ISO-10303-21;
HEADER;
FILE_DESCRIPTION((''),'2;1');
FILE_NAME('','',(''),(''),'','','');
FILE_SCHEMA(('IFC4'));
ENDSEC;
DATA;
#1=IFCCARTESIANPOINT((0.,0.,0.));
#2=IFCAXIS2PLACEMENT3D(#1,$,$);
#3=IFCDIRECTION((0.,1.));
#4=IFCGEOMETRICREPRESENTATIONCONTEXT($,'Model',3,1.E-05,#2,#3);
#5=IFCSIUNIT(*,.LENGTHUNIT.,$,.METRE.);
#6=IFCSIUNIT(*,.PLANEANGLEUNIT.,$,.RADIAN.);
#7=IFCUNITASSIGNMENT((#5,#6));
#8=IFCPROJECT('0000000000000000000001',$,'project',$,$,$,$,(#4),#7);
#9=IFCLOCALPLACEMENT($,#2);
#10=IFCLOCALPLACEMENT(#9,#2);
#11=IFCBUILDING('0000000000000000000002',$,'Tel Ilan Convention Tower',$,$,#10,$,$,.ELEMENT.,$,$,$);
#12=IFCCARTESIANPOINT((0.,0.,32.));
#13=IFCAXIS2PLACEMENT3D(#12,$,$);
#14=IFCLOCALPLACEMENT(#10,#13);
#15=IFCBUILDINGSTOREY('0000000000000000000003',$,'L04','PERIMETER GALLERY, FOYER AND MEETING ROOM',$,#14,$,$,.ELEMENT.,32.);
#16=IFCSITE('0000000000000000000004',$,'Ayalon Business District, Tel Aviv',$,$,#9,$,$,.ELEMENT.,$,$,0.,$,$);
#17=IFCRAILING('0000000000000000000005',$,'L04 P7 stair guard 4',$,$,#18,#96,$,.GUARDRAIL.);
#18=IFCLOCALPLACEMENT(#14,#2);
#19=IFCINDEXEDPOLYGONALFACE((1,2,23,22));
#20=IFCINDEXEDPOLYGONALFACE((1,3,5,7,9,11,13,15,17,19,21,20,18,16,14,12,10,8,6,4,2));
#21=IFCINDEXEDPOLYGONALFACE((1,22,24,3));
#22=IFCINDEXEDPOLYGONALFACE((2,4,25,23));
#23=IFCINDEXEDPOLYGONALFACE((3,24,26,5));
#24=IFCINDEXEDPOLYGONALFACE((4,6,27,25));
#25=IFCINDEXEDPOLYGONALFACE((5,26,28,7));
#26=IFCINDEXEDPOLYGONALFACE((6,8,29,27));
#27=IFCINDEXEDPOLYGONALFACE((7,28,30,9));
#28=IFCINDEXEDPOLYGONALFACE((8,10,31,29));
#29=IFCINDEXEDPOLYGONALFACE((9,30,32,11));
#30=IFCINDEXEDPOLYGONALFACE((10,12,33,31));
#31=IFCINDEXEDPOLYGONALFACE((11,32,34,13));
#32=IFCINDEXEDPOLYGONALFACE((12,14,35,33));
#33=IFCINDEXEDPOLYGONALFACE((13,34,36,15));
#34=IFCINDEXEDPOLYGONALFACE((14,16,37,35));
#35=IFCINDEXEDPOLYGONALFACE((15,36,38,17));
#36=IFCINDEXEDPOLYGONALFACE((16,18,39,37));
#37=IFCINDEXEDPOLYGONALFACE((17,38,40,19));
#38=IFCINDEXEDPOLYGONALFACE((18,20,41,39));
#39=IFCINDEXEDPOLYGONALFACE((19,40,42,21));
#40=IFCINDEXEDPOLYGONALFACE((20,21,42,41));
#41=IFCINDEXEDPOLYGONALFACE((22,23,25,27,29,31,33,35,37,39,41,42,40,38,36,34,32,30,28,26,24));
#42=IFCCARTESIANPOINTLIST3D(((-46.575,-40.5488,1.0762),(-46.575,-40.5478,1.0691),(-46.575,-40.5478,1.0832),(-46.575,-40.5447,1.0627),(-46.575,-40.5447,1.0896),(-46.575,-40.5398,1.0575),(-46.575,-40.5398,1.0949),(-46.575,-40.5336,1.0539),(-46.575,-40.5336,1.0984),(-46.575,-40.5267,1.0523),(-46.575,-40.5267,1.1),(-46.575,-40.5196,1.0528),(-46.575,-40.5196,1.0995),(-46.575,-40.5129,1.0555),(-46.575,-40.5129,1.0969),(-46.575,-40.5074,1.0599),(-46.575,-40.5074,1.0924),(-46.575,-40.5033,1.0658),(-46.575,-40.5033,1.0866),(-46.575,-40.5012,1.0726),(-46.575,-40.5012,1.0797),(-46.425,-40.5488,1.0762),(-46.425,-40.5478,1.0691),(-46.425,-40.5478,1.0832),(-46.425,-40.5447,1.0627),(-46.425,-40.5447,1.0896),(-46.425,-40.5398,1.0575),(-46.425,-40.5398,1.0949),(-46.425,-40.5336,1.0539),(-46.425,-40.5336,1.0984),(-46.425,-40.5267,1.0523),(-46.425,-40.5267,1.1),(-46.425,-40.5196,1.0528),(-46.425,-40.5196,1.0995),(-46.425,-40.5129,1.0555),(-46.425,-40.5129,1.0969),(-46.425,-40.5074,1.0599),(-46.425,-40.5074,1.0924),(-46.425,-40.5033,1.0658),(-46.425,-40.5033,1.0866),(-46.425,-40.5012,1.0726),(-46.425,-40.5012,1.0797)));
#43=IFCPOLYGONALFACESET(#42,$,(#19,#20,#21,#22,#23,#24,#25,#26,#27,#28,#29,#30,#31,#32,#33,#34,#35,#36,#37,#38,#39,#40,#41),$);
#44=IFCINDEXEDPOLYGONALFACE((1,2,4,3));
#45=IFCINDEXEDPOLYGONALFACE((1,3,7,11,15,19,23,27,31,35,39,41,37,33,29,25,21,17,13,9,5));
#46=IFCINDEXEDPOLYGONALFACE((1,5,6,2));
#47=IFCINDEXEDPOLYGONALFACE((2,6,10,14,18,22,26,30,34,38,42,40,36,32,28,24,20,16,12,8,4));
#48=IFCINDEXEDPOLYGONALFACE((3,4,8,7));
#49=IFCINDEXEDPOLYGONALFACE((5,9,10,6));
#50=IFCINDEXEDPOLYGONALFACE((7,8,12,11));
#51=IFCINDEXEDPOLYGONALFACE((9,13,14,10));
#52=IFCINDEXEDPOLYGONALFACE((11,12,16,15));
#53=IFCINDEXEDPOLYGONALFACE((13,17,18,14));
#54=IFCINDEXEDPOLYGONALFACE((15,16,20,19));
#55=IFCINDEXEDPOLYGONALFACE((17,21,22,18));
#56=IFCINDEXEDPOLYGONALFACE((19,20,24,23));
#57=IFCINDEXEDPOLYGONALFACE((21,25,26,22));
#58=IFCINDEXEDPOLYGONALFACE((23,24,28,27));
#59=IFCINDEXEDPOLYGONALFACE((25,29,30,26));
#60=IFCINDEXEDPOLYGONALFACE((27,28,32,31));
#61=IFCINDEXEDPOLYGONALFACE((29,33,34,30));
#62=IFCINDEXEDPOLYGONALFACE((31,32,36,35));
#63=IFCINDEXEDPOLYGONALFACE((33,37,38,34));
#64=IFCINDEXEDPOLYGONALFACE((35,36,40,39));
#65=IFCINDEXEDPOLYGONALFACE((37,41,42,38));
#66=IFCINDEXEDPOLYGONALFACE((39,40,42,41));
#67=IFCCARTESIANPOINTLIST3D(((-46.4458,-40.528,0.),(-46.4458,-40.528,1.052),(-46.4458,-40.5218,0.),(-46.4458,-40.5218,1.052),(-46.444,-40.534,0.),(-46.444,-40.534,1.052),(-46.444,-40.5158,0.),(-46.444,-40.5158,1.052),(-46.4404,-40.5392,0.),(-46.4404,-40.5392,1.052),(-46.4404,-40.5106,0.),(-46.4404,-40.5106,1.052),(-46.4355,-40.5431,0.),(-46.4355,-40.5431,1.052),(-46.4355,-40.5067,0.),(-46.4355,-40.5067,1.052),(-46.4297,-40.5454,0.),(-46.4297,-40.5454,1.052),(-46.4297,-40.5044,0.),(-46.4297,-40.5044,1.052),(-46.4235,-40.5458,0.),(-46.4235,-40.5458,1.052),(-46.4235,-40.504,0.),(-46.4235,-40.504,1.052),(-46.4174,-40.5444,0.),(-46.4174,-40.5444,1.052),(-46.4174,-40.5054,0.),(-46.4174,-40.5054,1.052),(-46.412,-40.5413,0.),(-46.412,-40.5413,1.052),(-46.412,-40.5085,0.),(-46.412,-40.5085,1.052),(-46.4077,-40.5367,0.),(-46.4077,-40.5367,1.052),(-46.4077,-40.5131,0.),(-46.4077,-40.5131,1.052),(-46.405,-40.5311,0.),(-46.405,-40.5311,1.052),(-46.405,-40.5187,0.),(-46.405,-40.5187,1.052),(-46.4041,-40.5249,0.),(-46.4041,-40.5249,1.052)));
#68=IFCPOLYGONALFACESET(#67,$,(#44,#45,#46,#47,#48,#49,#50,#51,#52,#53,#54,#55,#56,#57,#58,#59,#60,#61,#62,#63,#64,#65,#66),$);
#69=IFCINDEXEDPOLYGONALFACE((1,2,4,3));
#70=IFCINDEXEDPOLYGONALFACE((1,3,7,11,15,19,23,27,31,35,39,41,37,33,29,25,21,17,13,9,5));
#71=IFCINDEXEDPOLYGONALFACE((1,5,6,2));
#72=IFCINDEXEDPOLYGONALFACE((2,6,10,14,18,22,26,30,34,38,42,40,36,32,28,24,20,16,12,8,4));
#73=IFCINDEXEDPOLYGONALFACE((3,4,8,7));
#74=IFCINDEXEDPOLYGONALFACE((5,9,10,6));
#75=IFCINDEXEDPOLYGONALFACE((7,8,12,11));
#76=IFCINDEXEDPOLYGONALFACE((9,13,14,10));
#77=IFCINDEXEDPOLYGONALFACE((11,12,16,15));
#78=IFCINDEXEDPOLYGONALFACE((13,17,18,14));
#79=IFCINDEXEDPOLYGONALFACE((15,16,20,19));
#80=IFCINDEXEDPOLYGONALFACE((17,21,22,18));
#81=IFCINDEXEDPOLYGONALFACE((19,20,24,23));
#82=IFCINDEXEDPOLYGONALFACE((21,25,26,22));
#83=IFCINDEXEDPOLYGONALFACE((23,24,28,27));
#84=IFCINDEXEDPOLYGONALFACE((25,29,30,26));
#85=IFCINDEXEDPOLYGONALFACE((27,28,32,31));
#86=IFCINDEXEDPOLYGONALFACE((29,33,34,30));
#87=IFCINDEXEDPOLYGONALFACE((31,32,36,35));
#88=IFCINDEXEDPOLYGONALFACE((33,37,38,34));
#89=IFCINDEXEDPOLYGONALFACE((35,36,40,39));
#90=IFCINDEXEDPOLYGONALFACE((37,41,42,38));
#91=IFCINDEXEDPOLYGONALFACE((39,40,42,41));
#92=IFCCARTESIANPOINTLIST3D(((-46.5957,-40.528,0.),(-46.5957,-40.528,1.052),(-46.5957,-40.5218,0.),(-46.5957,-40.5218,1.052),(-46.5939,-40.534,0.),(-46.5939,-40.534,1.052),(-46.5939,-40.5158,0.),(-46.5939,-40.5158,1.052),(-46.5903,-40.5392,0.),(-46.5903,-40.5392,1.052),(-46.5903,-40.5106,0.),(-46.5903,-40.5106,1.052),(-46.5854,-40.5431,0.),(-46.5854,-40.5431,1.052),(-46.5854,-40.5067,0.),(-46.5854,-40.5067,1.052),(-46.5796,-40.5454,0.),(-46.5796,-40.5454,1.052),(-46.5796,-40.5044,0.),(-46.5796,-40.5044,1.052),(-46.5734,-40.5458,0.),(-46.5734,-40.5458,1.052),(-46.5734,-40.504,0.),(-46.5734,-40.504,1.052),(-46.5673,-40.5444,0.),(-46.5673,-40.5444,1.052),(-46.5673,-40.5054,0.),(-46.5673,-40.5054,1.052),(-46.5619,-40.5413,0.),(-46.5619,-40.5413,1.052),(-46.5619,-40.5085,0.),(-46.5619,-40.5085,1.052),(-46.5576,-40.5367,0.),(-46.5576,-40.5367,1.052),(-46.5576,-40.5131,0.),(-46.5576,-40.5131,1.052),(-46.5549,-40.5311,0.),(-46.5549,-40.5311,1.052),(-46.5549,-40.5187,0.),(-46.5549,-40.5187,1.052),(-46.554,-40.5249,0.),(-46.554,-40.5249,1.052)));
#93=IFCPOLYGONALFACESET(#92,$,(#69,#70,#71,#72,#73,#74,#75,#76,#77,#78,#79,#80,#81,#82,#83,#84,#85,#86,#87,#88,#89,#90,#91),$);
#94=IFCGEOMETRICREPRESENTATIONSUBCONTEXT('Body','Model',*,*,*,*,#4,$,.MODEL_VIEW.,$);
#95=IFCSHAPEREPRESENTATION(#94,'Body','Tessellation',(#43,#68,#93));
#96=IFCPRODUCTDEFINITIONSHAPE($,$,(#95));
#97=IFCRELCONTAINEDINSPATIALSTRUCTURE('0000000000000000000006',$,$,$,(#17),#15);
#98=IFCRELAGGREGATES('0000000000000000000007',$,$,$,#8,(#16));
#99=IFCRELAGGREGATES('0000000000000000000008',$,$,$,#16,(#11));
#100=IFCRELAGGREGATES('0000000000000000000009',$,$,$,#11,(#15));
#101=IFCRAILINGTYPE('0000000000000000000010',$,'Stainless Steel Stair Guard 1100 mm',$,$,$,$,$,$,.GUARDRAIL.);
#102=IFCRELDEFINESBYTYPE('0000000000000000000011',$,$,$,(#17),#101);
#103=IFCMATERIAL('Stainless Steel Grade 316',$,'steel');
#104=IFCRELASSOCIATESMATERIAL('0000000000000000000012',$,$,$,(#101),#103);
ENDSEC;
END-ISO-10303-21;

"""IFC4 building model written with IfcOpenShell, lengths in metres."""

from ifc_helpers import new_model, si_unit, direction, frame, origin, origin_2d, place, context, subcontext, project, spatial, circle, extrude, material, type_object, element, save


model = new_model("IFC4")

# Units and contexts
model_context = context("Model", 3, precision=1e-05, world=origin(), true_north=direction((0.0, 1.0)))
body_context = subcontext(model_context, "Body", "Model", "MODEL_VIEW")
ifc_project = project(units=[si_unit("LENGTHUNIT", "METRE"), si_unit("PLANEANGLEUNIT", "RADIAN")], contexts=[model_context])

# Site, building, storey
site_placement = place(None, origin())
site = spatial("IfcSite", under=ifc_project, at=site_placement, Name="Ayalon Business District, Tel Aviv", CompositionType="ELEMENT", RefElevation=0.0)
building_placement = place(site_placement, origin())
building = spatial("IfcBuilding", under=site, at=building_placement, Name="Tel Ilan Convention Tower", CompositionType="ELEMENT")
storey_placement = place(building_placement, frame((0.0, 0.0, 32.0)))
storey = spatial("IfcBuildingStorey", under=building, at=storey_placement, Name="L04", Description="PERIMETER GALLERY, FOYER AND MEETING ROOM", CompositionType="ELEMENT", Elevation=32.0)

# Railing
ifc_material_1 = material(Name="Stainless Steel Grade 316", Category="steel")
railing_type_1 = type_object("IfcRailingType", Name="Stainless Steel Stair Guard 1100 mm", PredefinedType="GUARDRAIL", material=ifc_material_1)
railing_1_placement = place(storey_placement, frame((-46.425, -40.5249, 0.0)))
element("IfcRailing", 1, at=railing_1_placement, inside=storey, type_object=railing_type_1, Name="L04 P7 stair guard 4", PredefinedType="GUARDRAIL", context=body_context, shape_type="SweptSolid", body=[
    extrude(circle(Radius=0.0239, at=origin_2d()), frame((0.0, 0.0, 1.0762), z_axis=(-1.0, 0.0, 0.0), x_axis=(0.0, -1.0, 0.0)), (0.0, 0.0, 1.0), 0.1499),
    extrude(circle(Radius=0.021, at=origin_2d()), origin(), (0.0, 0.0, 1.0), 1.052),
    extrude(circle(Radius=0.021, at=origin_2d()), frame((-0.1499, 0.0, 0.0)), (0.0, 0.0, 1.0), 1.052),
])

save(model, "model.ifc")
